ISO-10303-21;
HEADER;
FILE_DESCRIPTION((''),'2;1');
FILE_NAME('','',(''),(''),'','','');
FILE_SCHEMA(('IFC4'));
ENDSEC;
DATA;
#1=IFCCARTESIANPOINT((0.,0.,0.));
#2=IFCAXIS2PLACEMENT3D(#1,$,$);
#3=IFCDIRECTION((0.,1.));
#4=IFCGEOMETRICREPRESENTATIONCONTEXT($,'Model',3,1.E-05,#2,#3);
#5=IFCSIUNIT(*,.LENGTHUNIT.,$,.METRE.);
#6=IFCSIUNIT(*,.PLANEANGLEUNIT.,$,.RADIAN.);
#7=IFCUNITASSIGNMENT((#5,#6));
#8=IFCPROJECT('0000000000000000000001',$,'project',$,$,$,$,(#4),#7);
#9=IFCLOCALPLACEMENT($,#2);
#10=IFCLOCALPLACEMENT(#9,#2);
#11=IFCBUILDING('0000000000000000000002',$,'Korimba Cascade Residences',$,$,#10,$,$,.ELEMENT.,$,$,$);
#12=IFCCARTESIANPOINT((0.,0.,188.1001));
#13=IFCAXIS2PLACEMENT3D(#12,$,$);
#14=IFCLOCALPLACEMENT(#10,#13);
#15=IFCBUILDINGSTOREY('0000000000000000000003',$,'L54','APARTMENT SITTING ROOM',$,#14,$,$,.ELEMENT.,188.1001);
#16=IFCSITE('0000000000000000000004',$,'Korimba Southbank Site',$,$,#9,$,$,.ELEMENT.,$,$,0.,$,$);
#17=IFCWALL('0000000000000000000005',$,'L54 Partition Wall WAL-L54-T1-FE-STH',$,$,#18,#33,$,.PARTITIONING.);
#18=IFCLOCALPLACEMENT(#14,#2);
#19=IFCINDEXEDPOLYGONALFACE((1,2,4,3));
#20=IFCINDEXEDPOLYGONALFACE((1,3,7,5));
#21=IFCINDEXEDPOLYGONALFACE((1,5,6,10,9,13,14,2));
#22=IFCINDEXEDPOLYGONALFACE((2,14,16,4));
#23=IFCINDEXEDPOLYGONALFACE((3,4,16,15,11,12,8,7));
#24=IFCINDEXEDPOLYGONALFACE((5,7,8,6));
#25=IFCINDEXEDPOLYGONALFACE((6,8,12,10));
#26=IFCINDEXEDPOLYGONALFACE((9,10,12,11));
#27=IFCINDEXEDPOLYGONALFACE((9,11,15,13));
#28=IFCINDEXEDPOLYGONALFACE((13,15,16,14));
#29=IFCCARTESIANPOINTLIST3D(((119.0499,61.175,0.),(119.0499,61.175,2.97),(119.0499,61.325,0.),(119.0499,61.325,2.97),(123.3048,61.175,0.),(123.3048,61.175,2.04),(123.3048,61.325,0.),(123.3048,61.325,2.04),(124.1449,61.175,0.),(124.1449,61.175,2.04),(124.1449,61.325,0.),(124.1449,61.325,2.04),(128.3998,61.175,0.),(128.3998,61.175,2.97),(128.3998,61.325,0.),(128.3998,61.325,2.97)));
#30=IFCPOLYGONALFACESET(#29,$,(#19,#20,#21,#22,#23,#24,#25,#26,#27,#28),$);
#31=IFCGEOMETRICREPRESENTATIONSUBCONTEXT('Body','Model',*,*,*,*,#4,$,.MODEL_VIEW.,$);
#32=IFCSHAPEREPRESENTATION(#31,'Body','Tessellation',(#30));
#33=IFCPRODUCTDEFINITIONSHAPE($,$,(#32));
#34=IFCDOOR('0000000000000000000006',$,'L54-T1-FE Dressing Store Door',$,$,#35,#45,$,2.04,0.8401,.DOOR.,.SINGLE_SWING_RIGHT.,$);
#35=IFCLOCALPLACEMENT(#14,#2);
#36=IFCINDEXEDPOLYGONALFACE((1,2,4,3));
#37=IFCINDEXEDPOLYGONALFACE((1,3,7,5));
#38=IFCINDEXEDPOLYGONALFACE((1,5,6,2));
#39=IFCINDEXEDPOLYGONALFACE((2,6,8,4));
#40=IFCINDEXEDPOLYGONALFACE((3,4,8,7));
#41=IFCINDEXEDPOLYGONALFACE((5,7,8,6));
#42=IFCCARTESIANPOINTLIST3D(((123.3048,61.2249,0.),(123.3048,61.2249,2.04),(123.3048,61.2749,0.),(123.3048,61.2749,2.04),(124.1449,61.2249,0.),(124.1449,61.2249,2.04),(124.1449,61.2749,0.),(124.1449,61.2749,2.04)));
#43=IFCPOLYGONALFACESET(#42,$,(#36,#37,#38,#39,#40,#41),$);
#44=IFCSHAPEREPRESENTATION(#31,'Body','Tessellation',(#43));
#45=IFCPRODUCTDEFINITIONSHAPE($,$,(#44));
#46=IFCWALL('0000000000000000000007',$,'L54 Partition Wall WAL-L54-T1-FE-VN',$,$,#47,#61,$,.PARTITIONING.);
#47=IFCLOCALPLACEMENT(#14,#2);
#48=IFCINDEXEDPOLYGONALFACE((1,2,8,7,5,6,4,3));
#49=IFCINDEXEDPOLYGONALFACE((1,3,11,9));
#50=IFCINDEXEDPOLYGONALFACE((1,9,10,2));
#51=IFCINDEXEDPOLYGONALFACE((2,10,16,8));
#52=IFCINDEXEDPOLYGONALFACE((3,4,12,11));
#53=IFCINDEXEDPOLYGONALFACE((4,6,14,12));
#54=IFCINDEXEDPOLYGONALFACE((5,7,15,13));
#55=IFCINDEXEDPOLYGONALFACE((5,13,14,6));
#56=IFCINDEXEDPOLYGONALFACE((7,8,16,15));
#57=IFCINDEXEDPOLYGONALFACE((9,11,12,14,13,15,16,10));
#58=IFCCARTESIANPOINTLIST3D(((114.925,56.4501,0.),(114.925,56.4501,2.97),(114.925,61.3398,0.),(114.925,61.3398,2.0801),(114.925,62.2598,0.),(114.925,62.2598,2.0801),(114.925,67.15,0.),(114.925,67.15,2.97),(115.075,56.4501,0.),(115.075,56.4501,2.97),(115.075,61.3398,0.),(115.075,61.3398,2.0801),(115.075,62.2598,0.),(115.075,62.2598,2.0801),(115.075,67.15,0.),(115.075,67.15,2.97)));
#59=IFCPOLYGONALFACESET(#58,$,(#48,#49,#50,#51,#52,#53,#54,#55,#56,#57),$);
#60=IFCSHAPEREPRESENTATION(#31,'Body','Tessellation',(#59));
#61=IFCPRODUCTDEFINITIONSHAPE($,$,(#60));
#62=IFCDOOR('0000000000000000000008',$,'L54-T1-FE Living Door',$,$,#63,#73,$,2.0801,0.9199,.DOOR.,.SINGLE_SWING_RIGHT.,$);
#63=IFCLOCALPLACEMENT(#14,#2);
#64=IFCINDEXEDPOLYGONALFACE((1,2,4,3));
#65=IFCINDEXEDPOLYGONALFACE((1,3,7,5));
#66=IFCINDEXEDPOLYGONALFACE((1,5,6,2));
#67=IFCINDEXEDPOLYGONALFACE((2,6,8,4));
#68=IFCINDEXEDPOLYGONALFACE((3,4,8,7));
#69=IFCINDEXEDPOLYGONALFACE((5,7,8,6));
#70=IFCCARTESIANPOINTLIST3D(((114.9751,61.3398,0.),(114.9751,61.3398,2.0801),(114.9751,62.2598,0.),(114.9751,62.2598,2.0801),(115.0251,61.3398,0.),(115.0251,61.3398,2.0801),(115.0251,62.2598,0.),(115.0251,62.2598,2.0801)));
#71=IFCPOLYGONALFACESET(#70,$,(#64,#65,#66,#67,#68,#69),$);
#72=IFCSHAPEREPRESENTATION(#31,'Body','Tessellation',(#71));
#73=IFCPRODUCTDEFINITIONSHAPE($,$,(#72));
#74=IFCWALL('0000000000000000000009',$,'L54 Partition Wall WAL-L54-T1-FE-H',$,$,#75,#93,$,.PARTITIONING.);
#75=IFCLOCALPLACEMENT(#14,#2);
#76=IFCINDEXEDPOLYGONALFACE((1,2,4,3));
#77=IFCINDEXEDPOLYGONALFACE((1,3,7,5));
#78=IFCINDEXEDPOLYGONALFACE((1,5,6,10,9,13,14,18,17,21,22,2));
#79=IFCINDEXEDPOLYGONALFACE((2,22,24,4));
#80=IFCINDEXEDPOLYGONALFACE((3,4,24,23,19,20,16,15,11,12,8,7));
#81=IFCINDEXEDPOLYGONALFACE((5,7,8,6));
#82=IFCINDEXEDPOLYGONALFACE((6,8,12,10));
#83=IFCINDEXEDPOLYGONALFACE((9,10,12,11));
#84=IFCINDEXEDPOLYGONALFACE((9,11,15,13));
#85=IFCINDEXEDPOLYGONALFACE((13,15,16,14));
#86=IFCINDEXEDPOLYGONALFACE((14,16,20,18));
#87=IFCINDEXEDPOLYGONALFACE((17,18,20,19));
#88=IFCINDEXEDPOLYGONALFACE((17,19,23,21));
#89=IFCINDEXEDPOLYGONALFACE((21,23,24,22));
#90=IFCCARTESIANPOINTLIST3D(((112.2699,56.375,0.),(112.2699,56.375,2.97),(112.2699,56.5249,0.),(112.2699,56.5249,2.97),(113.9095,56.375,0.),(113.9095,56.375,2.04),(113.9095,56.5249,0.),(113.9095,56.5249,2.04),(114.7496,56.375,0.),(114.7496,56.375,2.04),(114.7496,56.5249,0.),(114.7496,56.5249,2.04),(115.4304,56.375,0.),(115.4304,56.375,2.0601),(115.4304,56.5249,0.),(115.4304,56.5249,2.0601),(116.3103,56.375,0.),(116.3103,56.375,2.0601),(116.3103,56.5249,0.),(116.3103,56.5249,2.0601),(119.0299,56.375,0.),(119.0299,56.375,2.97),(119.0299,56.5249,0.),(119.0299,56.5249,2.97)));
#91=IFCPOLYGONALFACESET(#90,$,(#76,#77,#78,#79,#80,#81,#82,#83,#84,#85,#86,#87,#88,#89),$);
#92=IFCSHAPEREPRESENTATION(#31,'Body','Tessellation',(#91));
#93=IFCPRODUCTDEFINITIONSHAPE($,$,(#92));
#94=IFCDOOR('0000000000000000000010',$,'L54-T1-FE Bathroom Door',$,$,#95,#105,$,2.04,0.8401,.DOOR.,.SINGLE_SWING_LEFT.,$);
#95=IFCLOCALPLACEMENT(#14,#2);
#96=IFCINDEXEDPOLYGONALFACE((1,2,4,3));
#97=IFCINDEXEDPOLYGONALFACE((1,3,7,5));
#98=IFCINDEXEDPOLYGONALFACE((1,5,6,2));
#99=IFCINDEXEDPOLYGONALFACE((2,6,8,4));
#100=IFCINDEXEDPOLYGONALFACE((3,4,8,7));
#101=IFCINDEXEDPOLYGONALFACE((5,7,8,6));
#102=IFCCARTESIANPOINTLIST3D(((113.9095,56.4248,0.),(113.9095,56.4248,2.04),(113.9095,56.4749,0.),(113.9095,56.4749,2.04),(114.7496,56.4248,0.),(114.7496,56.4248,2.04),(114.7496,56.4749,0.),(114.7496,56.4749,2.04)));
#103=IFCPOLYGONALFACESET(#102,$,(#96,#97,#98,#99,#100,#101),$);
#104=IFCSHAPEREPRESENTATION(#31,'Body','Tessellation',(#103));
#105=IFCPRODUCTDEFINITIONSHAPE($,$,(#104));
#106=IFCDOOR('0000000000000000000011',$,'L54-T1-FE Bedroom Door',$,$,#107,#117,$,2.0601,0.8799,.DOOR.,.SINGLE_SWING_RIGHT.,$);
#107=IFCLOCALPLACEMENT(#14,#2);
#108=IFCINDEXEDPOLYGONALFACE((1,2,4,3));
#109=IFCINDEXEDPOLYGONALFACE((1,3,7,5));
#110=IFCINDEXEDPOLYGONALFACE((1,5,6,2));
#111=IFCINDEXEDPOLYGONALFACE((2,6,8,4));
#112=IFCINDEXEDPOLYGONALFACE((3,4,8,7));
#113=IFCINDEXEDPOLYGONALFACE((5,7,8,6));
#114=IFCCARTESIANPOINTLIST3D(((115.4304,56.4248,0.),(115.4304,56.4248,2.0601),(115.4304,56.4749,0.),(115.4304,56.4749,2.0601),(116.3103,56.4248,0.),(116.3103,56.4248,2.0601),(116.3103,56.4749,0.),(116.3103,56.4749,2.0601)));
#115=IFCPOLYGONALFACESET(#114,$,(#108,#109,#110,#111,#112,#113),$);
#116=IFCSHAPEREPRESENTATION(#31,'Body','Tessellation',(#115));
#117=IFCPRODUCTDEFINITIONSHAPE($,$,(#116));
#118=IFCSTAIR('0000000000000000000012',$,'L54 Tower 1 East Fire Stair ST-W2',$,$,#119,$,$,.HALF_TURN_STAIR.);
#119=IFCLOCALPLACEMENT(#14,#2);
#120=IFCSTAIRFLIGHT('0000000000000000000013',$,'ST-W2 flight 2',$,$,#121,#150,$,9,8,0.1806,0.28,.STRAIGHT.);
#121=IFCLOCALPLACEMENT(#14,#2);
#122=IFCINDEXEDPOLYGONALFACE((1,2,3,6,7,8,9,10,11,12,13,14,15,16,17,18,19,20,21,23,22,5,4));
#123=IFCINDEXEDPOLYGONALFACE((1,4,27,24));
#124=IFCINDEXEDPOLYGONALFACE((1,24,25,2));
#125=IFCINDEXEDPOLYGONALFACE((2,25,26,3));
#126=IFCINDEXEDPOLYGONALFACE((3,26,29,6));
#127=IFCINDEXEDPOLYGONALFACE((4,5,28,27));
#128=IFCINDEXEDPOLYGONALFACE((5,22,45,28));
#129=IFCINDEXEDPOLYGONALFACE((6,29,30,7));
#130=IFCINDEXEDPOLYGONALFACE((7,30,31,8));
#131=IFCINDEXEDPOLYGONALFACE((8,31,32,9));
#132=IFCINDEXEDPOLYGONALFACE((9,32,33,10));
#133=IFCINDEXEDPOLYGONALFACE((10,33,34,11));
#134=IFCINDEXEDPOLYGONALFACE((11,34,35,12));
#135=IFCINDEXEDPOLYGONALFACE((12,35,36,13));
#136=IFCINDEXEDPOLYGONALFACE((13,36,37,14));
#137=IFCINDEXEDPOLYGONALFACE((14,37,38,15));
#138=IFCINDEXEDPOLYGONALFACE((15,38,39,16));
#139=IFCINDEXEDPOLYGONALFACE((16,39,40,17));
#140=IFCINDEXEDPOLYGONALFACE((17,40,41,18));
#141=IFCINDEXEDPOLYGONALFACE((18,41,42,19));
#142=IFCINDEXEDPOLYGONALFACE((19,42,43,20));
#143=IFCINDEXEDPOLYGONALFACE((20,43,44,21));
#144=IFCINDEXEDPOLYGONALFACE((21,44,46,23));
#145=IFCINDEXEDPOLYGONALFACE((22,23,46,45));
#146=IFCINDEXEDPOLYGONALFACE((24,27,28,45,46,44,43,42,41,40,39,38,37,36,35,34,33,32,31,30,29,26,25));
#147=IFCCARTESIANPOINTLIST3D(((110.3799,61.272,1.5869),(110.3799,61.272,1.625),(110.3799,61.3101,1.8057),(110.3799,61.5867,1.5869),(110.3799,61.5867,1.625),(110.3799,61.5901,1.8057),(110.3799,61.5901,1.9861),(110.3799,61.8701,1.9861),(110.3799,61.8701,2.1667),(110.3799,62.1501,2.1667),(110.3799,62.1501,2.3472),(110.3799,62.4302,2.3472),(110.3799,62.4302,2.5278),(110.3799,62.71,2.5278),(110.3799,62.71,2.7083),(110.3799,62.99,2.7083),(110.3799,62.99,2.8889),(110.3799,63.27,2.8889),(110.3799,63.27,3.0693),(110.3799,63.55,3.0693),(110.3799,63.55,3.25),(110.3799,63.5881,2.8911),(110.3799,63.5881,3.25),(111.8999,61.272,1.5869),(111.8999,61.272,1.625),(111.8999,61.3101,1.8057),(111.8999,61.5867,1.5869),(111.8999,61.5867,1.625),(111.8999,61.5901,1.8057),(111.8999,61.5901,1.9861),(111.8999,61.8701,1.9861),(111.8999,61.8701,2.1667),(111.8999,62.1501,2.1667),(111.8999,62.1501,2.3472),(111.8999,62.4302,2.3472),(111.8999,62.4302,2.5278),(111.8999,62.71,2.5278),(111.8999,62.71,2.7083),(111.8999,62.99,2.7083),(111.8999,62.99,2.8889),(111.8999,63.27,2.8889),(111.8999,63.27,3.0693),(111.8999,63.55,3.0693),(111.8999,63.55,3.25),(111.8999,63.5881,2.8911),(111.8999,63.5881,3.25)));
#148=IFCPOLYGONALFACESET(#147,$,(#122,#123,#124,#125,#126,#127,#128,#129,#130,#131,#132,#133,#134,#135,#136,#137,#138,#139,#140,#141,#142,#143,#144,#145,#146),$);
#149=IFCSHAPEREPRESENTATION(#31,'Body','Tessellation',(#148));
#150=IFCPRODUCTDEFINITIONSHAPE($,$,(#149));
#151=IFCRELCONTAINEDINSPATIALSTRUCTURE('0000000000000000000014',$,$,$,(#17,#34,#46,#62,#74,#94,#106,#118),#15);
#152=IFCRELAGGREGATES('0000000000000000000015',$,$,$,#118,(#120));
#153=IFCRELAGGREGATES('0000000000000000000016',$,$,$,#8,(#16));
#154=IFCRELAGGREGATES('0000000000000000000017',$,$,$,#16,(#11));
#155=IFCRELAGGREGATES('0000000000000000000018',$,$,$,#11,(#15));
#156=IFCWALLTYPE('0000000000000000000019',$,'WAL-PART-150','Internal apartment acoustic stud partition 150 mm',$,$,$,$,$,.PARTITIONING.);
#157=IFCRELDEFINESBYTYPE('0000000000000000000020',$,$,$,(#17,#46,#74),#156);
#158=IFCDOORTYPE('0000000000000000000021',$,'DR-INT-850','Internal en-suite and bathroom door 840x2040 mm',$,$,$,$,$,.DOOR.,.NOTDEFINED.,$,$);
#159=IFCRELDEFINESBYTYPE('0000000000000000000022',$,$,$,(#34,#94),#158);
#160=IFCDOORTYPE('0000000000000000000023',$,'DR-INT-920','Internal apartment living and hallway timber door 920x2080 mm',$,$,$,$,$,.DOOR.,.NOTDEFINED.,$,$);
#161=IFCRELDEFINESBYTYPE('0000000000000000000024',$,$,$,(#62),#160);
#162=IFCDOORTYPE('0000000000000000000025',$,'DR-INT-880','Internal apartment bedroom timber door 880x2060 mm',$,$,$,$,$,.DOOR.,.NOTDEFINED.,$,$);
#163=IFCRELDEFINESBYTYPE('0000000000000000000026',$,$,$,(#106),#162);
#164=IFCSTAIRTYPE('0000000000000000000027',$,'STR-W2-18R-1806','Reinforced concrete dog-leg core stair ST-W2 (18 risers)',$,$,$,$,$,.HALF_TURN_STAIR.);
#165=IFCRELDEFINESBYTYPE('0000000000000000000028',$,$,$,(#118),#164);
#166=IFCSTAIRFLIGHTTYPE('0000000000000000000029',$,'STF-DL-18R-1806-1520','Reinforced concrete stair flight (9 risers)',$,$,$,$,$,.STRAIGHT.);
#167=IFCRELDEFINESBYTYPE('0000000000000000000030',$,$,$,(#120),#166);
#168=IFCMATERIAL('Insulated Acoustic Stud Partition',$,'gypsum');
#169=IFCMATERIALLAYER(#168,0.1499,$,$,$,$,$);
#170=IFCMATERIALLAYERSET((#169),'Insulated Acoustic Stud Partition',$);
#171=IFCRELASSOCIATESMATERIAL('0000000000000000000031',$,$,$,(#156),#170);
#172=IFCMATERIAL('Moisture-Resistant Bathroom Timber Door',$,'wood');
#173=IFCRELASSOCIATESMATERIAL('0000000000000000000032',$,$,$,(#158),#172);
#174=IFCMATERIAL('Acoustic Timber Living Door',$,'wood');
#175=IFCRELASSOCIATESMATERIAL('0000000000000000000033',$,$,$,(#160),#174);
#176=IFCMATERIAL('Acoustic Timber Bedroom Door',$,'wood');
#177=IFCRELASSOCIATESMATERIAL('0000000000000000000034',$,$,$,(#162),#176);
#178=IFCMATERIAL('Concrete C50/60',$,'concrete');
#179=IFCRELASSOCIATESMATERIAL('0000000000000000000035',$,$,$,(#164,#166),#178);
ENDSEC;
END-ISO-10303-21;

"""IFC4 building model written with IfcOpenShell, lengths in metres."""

from ifc_helpers import new_model, si_unit, direction, frame, frame_2d, origin, place, context, subcontext, project, spatial, polyline, rectangle, outline, extrude, material, layer, layer_set, type_object, element, fill, aggregate, save


model = new_model("IFC4")

# Units and contexts
model_context = context("Model", 3, precision=1e-05, world=origin(), true_north=direction((0.0, 1.0)))
body_context = subcontext(model_context, "Body", "Model", "MODEL_VIEW")
ifc_project = project(units=[si_unit("LENGTHUNIT", "METRE"), si_unit("PLANEANGLEUNIT", "RADIAN")], contexts=[model_context])

# Site, building, storey
site_placement = place(None, origin())
site = spatial("IfcSite", under=ifc_project, at=site_placement, Name="Korimba Southbank Site", CompositionType="ELEMENT", RefElevation=0.0)
building_placement = place(site_placement, origin())
building = spatial("IfcBuilding", under=site, at=building_placement, Name="Korimba Cascade Residences", CompositionType="ELEMENT")
storey_placement = place(building_placement, frame((0.0, 0.0, 188.1001)))
storey = spatial("IfcBuildingStorey", under=building, at=storey_placement, Name="L54", Description="APARTMENT SITTING ROOM", CompositionType="ELEMENT", Elevation=188.1001)

# Walls, openings, doors
ifc_material_1 = material(Name="Insulated Acoustic Stud Partition", Category="gypsum")
ifc_layer_1 = layer(ifc_material_1, 0.1499)
ifc_layer_set_1 = layer_set([ifc_layer_1], Name="Insulated Acoustic Stud Partition")
wall_type_1 = type_object("IfcWallType", Name="WAL-PART-150", Description="Internal apartment acoustic stud partition 150 mm", PredefinedType="PARTITIONING", material=ifc_layer_set_1)
wall_1_placement = place(storey_placement, frame((119.05, 61.25, 0.0), z_axis=(0.0, 0.0, 1.0), x_axis=(1.0, 0.0, 0.0)))
wall_1 = element("IfcWall", 1, at=wall_1_placement, inside=storey, type_object=wall_type_1, Name="L54 Partition Wall WAL-L54-T1-FE-STH", PredefinedType="PARTITIONING", context=body_context, shape_type="SweptSolid", body=[
    extrude(rectangle(XDim=9.3499, YDim=0.1499, at=frame_2d((4.6748, 0.0))), origin(), (0.0, 0.0, 1.0), 2.97),
])
opening_1_placement = place(wall_1_placement, frame((4.2549, 0.0, 0.0)))
opening_1 = element("IfcOpeningElement", 2, at=opening_1_placement, cuts=wall_1, PredefinedType="OPENING", context=body_context, shape_type="SweptSolid", body=[
    extrude(rectangle(XDim=0.8401, YDim=2.04, at=frame_2d((0.4199, 1.02))), frame((0.0, 0.085, 0.0), z_axis=(0.0, -1.0, 0.0), x_axis=(1.0, 0.0, 0.0)), (0.0, 0.0, 1.0), 0.1699),
])
ifc_material_2 = material(Name="Moisture-Resistant Bathroom Timber Door", Category="wood")
door_type_1 = type_object("IfcDoorType", Name="DR-INT-850", Description="Internal en-suite and bathroom door 840x2040 mm", OperationType="NOTDEFINED", PredefinedType="DOOR", material=ifc_material_2)
door_1_placement = place(opening_1_placement, origin())
door_1 = element("IfcDoor", 3, at=door_1_placement, inside=storey, type_object=door_type_1, Name="L54-T1-FE Dressing Store Door", OperationType="SINGLE_SWING_RIGHT", OverallHeight=2.04, OverallWidth=0.8401, PredefinedType="DOOR", context=body_context, shape_type="SweptSolid", body=[
    extrude(rectangle(XDim=0.8401, YDim=2.04, at=frame_2d((0.4199, 1.02))), frame((0.0, 0.0249, 0.0), z_axis=(0.0, -1.0, 0.0), x_axis=(1.0, 0.0, 0.0)), (0.0, 0.0, 1.0), 0.05),
])
fill(opening_1, door_1)
wall_2_placement = place(storey_placement, frame((115.0, 56.45, 0.0), z_axis=(0.0, 0.0, 1.0), x_axis=(0.0, 1.0, 0.0)))
wall_2 = element("IfcWall", 4, at=wall_2_placement, inside=storey, type_object=wall_type_1, Name="L54 Partition Wall WAL-L54-T1-FE-VN", PredefinedType="PARTITIONING", context=body_context, shape_type="SweptSolid", body=[
    extrude(rectangle(XDim=10.7, YDim=0.1499, at=frame_2d((5.3501, 0.0))), origin(), (0.0, 0.0, 1.0), 2.97),
])
opening_2_placement = place(wall_2_placement, frame((4.8899, 0.0, 0.0)))
opening_2 = element("IfcOpeningElement", 5, at=opening_2_placement, cuts=wall_2, PredefinedType="OPENING", context=body_context, shape_type="SweptSolid", body=[
    extrude(rectangle(XDim=0.9199, YDim=2.0801, at=frame_2d((0.46, 1.04))), frame((0.0, 0.085, 0.0), z_axis=(0.0, -1.0, 0.0), x_axis=(1.0, 0.0, 0.0)), (0.0, 0.0, 1.0), 0.1699),
])
ifc_material_3 = material(Name="Acoustic Timber Living Door", Category="wood")
door_type_2 = type_object("IfcDoorType", Name="DR-INT-920", Description="Internal apartment living and hallway timber door 920x2080 mm", OperationType="NOTDEFINED", PredefinedType="DOOR", material=ifc_material_3)
door_2_placement = place(opening_2_placement, origin())
door_2 = element("IfcDoor", 6, at=door_2_placement, inside=storey, type_object=door_type_2, Name="L54-T1-FE Living Door", OperationType="SINGLE_SWING_RIGHT", OverallHeight=2.0801, OverallWidth=0.9199, PredefinedType="DOOR", context=body_context, shape_type="SweptSolid", body=[
    extrude(rectangle(XDim=0.9199, YDim=2.0801, at=frame_2d((0.46, 1.04))), frame((0.0, 0.0249, 0.0), z_axis=(0.0, -1.0, 0.0), x_axis=(1.0, 0.0, 0.0)), (0.0, 0.0, 1.0), 0.05),
])
fill(opening_2, door_2)

# Wall, openings, doors
wall_3_placement = place(storey_placement, frame((112.27, 56.45, 0.0), z_axis=(0.0, 0.0, 1.0), x_axis=(1.0, 0.0, 0.0)))
wall_3 = element("IfcWall", 7, at=wall_3_placement, inside=storey, type_object=wall_type_1, Name="L54 Partition Wall WAL-L54-T1-FE-H", PredefinedType="PARTITIONING", context=body_context, shape_type="SweptSolid", body=[
    extrude(rectangle(XDim=6.76, YDim=0.1499, at=frame_2d((3.3799, 0.0))), origin(), (0.0, 0.0, 1.0), 2.97),
])
opening_3_placement = place(wall_3_placement, frame((1.6396, 0.0, 0.0)))
opening_3 = element("IfcOpeningElement", 8, at=opening_3_placement, cuts=wall_3, PredefinedType="OPENING", context=body_context, shape_type="SweptSolid", body=[
    extrude(rectangle(XDim=0.8401, YDim=2.04, at=frame_2d((0.4199, 1.02))), frame((0.0, 0.085, 0.0), z_axis=(0.0, -1.0, 0.0), x_axis=(1.0, 0.0, 0.0)), (0.0, 0.0, 1.0), 0.1699),
])
opening_4_placement = place(wall_3_placement, frame((3.1604, 0.0, 0.0)))
opening_4 = element("IfcOpeningElement", 9, at=opening_4_placement, cuts=wall_3, PredefinedType="OPENING", context=body_context, shape_type="SweptSolid", body=[
    extrude(rectangle(XDim=0.8799, YDim=2.0601, at=frame_2d((0.4399, 1.03))), frame((0.0, 0.085, 0.0), z_axis=(0.0, -1.0, 0.0), x_axis=(1.0, 0.0, 0.0)), (0.0, 0.0, 1.0), 0.1699),
])
door_3_placement = place(opening_3_placement, origin())
door_3 = element("IfcDoor", 10, at=door_3_placement, inside=storey, type_object=door_type_1, Name="L54-T1-FE Bathroom Door", OperationType="SINGLE_SWING_LEFT", OverallHeight=2.04, OverallWidth=0.8401, PredefinedType="DOOR", context=body_context, shape_type="SweptSolid", body=[
    extrude(rectangle(XDim=0.8401, YDim=2.04, at=frame_2d((0.4199, 1.02))), frame((0.0, 0.0249, 0.0), z_axis=(0.0, -1.0, 0.0), x_axis=(1.0, 0.0, 0.0)), (0.0, 0.0, 1.0), 0.05),
])
fill(opening_3, door_3)
ifc_material_4 = material(Name="Acoustic Timber Bedroom Door", Category="wood")
door_type_3 = type_object("IfcDoorType", Name="DR-INT-880", Description="Internal apartment bedroom timber door 880x2060 mm", OperationType="NOTDEFINED", PredefinedType="DOOR", material=ifc_material_4)
door_4_placement = place(opening_4_placement, origin())
door_4 = element("IfcDoor", 11, at=door_4_placement, inside=storey, type_object=door_type_3, Name="L54-T1-FE Bedroom Door", OperationType="SINGLE_SWING_RIGHT", OverallHeight=2.0601, OverallWidth=0.8799, PredefinedType="DOOR", context=body_context, shape_type="SweptSolid", body=[
    extrude(rectangle(XDim=0.8799, YDim=2.0601, at=frame_2d((0.4399, 1.03))), frame((0.0, 0.0249, 0.0), z_axis=(0.0, -1.0, 0.0), x_axis=(1.0, 0.0, 0.0)), (0.0, 0.0, 1.0), 0.05),
])
fill(opening_4, door_4)

# Stair, stair flight
ifc_material_5 = material(Name="Concrete C50/60", Category="concrete")
stair_type = type_object("IfcStairType", Name="STR-W2-18R-1806", Description="Reinforced concrete dog-leg core stair ST-W2 (18 risers)", PredefinedType="HALF_TURN_STAIR", material=ifc_material_5)
stair_placement = place(storey_placement, origin())
stair = element("IfcStair", 12, at=stair_placement, inside=storey, type_object=stair_type, Name="L54 Tower 1 East Fire Stair ST-W2", PredefinedType="HALF_TURN_STAIR")
stair_flight_type = type_object("IfcStairFlightType", Name="STF-DL-18R-1806-1520", Description="Reinforced concrete stair flight (9 risers)", PredefinedType="STRAIGHT", material=ifc_material_5)
stair_flight_placement = place(storey_placement, frame((111.1399, 61.3101, 1.625), z_axis=(0.0, 0.0, 1.0), x_axis=(0.0, 1.0, 0.0)))
stair_flight = element("IfcStairFlight", 13, at=stair_flight_placement, type_object=stair_flight_type, Name="ST-W2 flight 2", NumberOfRisers=9, NumberOfTreads=8, PredefinedType="STRAIGHT", RiserHeight=0.1806, TreadLength=0.28, context=body_context, shape_type="SweptSolid", body=[
    extrude(outline(polyline([(-0.0381, 0.0), (0.0, 0.1807), (0.28, 0.1807), (0.28, 0.3611), (0.5601, 0.3611), (0.5601, 0.5417), (0.8401, 0.5417), (0.8401, 0.7222), (1.1201, 0.7222), (1.1201, 0.9028), (1.3999, 0.9028), (1.3999, 1.0833), (1.6799, 1.0833), (1.6799, 1.2639), (1.96, 1.2639), (1.96, 1.4443), (2.24, 1.4443), (2.24, 1.625), (2.2781, 1.625), (2.2781, 1.2661), (0.2766, 0.0), (0.2766, -0.0381), (-0.0381, -0.0381), (-0.0381, 0.0)])), frame((0.0, 0.76, 0.0), z_axis=(0.0, -1.0, 0.0), x_axis=(1.0, 0.0, 0.0)), (0.0, 0.0, 1.0), 1.52),
])
aggregate(stair, [stair_flight])

save(model, "model.ifc")
